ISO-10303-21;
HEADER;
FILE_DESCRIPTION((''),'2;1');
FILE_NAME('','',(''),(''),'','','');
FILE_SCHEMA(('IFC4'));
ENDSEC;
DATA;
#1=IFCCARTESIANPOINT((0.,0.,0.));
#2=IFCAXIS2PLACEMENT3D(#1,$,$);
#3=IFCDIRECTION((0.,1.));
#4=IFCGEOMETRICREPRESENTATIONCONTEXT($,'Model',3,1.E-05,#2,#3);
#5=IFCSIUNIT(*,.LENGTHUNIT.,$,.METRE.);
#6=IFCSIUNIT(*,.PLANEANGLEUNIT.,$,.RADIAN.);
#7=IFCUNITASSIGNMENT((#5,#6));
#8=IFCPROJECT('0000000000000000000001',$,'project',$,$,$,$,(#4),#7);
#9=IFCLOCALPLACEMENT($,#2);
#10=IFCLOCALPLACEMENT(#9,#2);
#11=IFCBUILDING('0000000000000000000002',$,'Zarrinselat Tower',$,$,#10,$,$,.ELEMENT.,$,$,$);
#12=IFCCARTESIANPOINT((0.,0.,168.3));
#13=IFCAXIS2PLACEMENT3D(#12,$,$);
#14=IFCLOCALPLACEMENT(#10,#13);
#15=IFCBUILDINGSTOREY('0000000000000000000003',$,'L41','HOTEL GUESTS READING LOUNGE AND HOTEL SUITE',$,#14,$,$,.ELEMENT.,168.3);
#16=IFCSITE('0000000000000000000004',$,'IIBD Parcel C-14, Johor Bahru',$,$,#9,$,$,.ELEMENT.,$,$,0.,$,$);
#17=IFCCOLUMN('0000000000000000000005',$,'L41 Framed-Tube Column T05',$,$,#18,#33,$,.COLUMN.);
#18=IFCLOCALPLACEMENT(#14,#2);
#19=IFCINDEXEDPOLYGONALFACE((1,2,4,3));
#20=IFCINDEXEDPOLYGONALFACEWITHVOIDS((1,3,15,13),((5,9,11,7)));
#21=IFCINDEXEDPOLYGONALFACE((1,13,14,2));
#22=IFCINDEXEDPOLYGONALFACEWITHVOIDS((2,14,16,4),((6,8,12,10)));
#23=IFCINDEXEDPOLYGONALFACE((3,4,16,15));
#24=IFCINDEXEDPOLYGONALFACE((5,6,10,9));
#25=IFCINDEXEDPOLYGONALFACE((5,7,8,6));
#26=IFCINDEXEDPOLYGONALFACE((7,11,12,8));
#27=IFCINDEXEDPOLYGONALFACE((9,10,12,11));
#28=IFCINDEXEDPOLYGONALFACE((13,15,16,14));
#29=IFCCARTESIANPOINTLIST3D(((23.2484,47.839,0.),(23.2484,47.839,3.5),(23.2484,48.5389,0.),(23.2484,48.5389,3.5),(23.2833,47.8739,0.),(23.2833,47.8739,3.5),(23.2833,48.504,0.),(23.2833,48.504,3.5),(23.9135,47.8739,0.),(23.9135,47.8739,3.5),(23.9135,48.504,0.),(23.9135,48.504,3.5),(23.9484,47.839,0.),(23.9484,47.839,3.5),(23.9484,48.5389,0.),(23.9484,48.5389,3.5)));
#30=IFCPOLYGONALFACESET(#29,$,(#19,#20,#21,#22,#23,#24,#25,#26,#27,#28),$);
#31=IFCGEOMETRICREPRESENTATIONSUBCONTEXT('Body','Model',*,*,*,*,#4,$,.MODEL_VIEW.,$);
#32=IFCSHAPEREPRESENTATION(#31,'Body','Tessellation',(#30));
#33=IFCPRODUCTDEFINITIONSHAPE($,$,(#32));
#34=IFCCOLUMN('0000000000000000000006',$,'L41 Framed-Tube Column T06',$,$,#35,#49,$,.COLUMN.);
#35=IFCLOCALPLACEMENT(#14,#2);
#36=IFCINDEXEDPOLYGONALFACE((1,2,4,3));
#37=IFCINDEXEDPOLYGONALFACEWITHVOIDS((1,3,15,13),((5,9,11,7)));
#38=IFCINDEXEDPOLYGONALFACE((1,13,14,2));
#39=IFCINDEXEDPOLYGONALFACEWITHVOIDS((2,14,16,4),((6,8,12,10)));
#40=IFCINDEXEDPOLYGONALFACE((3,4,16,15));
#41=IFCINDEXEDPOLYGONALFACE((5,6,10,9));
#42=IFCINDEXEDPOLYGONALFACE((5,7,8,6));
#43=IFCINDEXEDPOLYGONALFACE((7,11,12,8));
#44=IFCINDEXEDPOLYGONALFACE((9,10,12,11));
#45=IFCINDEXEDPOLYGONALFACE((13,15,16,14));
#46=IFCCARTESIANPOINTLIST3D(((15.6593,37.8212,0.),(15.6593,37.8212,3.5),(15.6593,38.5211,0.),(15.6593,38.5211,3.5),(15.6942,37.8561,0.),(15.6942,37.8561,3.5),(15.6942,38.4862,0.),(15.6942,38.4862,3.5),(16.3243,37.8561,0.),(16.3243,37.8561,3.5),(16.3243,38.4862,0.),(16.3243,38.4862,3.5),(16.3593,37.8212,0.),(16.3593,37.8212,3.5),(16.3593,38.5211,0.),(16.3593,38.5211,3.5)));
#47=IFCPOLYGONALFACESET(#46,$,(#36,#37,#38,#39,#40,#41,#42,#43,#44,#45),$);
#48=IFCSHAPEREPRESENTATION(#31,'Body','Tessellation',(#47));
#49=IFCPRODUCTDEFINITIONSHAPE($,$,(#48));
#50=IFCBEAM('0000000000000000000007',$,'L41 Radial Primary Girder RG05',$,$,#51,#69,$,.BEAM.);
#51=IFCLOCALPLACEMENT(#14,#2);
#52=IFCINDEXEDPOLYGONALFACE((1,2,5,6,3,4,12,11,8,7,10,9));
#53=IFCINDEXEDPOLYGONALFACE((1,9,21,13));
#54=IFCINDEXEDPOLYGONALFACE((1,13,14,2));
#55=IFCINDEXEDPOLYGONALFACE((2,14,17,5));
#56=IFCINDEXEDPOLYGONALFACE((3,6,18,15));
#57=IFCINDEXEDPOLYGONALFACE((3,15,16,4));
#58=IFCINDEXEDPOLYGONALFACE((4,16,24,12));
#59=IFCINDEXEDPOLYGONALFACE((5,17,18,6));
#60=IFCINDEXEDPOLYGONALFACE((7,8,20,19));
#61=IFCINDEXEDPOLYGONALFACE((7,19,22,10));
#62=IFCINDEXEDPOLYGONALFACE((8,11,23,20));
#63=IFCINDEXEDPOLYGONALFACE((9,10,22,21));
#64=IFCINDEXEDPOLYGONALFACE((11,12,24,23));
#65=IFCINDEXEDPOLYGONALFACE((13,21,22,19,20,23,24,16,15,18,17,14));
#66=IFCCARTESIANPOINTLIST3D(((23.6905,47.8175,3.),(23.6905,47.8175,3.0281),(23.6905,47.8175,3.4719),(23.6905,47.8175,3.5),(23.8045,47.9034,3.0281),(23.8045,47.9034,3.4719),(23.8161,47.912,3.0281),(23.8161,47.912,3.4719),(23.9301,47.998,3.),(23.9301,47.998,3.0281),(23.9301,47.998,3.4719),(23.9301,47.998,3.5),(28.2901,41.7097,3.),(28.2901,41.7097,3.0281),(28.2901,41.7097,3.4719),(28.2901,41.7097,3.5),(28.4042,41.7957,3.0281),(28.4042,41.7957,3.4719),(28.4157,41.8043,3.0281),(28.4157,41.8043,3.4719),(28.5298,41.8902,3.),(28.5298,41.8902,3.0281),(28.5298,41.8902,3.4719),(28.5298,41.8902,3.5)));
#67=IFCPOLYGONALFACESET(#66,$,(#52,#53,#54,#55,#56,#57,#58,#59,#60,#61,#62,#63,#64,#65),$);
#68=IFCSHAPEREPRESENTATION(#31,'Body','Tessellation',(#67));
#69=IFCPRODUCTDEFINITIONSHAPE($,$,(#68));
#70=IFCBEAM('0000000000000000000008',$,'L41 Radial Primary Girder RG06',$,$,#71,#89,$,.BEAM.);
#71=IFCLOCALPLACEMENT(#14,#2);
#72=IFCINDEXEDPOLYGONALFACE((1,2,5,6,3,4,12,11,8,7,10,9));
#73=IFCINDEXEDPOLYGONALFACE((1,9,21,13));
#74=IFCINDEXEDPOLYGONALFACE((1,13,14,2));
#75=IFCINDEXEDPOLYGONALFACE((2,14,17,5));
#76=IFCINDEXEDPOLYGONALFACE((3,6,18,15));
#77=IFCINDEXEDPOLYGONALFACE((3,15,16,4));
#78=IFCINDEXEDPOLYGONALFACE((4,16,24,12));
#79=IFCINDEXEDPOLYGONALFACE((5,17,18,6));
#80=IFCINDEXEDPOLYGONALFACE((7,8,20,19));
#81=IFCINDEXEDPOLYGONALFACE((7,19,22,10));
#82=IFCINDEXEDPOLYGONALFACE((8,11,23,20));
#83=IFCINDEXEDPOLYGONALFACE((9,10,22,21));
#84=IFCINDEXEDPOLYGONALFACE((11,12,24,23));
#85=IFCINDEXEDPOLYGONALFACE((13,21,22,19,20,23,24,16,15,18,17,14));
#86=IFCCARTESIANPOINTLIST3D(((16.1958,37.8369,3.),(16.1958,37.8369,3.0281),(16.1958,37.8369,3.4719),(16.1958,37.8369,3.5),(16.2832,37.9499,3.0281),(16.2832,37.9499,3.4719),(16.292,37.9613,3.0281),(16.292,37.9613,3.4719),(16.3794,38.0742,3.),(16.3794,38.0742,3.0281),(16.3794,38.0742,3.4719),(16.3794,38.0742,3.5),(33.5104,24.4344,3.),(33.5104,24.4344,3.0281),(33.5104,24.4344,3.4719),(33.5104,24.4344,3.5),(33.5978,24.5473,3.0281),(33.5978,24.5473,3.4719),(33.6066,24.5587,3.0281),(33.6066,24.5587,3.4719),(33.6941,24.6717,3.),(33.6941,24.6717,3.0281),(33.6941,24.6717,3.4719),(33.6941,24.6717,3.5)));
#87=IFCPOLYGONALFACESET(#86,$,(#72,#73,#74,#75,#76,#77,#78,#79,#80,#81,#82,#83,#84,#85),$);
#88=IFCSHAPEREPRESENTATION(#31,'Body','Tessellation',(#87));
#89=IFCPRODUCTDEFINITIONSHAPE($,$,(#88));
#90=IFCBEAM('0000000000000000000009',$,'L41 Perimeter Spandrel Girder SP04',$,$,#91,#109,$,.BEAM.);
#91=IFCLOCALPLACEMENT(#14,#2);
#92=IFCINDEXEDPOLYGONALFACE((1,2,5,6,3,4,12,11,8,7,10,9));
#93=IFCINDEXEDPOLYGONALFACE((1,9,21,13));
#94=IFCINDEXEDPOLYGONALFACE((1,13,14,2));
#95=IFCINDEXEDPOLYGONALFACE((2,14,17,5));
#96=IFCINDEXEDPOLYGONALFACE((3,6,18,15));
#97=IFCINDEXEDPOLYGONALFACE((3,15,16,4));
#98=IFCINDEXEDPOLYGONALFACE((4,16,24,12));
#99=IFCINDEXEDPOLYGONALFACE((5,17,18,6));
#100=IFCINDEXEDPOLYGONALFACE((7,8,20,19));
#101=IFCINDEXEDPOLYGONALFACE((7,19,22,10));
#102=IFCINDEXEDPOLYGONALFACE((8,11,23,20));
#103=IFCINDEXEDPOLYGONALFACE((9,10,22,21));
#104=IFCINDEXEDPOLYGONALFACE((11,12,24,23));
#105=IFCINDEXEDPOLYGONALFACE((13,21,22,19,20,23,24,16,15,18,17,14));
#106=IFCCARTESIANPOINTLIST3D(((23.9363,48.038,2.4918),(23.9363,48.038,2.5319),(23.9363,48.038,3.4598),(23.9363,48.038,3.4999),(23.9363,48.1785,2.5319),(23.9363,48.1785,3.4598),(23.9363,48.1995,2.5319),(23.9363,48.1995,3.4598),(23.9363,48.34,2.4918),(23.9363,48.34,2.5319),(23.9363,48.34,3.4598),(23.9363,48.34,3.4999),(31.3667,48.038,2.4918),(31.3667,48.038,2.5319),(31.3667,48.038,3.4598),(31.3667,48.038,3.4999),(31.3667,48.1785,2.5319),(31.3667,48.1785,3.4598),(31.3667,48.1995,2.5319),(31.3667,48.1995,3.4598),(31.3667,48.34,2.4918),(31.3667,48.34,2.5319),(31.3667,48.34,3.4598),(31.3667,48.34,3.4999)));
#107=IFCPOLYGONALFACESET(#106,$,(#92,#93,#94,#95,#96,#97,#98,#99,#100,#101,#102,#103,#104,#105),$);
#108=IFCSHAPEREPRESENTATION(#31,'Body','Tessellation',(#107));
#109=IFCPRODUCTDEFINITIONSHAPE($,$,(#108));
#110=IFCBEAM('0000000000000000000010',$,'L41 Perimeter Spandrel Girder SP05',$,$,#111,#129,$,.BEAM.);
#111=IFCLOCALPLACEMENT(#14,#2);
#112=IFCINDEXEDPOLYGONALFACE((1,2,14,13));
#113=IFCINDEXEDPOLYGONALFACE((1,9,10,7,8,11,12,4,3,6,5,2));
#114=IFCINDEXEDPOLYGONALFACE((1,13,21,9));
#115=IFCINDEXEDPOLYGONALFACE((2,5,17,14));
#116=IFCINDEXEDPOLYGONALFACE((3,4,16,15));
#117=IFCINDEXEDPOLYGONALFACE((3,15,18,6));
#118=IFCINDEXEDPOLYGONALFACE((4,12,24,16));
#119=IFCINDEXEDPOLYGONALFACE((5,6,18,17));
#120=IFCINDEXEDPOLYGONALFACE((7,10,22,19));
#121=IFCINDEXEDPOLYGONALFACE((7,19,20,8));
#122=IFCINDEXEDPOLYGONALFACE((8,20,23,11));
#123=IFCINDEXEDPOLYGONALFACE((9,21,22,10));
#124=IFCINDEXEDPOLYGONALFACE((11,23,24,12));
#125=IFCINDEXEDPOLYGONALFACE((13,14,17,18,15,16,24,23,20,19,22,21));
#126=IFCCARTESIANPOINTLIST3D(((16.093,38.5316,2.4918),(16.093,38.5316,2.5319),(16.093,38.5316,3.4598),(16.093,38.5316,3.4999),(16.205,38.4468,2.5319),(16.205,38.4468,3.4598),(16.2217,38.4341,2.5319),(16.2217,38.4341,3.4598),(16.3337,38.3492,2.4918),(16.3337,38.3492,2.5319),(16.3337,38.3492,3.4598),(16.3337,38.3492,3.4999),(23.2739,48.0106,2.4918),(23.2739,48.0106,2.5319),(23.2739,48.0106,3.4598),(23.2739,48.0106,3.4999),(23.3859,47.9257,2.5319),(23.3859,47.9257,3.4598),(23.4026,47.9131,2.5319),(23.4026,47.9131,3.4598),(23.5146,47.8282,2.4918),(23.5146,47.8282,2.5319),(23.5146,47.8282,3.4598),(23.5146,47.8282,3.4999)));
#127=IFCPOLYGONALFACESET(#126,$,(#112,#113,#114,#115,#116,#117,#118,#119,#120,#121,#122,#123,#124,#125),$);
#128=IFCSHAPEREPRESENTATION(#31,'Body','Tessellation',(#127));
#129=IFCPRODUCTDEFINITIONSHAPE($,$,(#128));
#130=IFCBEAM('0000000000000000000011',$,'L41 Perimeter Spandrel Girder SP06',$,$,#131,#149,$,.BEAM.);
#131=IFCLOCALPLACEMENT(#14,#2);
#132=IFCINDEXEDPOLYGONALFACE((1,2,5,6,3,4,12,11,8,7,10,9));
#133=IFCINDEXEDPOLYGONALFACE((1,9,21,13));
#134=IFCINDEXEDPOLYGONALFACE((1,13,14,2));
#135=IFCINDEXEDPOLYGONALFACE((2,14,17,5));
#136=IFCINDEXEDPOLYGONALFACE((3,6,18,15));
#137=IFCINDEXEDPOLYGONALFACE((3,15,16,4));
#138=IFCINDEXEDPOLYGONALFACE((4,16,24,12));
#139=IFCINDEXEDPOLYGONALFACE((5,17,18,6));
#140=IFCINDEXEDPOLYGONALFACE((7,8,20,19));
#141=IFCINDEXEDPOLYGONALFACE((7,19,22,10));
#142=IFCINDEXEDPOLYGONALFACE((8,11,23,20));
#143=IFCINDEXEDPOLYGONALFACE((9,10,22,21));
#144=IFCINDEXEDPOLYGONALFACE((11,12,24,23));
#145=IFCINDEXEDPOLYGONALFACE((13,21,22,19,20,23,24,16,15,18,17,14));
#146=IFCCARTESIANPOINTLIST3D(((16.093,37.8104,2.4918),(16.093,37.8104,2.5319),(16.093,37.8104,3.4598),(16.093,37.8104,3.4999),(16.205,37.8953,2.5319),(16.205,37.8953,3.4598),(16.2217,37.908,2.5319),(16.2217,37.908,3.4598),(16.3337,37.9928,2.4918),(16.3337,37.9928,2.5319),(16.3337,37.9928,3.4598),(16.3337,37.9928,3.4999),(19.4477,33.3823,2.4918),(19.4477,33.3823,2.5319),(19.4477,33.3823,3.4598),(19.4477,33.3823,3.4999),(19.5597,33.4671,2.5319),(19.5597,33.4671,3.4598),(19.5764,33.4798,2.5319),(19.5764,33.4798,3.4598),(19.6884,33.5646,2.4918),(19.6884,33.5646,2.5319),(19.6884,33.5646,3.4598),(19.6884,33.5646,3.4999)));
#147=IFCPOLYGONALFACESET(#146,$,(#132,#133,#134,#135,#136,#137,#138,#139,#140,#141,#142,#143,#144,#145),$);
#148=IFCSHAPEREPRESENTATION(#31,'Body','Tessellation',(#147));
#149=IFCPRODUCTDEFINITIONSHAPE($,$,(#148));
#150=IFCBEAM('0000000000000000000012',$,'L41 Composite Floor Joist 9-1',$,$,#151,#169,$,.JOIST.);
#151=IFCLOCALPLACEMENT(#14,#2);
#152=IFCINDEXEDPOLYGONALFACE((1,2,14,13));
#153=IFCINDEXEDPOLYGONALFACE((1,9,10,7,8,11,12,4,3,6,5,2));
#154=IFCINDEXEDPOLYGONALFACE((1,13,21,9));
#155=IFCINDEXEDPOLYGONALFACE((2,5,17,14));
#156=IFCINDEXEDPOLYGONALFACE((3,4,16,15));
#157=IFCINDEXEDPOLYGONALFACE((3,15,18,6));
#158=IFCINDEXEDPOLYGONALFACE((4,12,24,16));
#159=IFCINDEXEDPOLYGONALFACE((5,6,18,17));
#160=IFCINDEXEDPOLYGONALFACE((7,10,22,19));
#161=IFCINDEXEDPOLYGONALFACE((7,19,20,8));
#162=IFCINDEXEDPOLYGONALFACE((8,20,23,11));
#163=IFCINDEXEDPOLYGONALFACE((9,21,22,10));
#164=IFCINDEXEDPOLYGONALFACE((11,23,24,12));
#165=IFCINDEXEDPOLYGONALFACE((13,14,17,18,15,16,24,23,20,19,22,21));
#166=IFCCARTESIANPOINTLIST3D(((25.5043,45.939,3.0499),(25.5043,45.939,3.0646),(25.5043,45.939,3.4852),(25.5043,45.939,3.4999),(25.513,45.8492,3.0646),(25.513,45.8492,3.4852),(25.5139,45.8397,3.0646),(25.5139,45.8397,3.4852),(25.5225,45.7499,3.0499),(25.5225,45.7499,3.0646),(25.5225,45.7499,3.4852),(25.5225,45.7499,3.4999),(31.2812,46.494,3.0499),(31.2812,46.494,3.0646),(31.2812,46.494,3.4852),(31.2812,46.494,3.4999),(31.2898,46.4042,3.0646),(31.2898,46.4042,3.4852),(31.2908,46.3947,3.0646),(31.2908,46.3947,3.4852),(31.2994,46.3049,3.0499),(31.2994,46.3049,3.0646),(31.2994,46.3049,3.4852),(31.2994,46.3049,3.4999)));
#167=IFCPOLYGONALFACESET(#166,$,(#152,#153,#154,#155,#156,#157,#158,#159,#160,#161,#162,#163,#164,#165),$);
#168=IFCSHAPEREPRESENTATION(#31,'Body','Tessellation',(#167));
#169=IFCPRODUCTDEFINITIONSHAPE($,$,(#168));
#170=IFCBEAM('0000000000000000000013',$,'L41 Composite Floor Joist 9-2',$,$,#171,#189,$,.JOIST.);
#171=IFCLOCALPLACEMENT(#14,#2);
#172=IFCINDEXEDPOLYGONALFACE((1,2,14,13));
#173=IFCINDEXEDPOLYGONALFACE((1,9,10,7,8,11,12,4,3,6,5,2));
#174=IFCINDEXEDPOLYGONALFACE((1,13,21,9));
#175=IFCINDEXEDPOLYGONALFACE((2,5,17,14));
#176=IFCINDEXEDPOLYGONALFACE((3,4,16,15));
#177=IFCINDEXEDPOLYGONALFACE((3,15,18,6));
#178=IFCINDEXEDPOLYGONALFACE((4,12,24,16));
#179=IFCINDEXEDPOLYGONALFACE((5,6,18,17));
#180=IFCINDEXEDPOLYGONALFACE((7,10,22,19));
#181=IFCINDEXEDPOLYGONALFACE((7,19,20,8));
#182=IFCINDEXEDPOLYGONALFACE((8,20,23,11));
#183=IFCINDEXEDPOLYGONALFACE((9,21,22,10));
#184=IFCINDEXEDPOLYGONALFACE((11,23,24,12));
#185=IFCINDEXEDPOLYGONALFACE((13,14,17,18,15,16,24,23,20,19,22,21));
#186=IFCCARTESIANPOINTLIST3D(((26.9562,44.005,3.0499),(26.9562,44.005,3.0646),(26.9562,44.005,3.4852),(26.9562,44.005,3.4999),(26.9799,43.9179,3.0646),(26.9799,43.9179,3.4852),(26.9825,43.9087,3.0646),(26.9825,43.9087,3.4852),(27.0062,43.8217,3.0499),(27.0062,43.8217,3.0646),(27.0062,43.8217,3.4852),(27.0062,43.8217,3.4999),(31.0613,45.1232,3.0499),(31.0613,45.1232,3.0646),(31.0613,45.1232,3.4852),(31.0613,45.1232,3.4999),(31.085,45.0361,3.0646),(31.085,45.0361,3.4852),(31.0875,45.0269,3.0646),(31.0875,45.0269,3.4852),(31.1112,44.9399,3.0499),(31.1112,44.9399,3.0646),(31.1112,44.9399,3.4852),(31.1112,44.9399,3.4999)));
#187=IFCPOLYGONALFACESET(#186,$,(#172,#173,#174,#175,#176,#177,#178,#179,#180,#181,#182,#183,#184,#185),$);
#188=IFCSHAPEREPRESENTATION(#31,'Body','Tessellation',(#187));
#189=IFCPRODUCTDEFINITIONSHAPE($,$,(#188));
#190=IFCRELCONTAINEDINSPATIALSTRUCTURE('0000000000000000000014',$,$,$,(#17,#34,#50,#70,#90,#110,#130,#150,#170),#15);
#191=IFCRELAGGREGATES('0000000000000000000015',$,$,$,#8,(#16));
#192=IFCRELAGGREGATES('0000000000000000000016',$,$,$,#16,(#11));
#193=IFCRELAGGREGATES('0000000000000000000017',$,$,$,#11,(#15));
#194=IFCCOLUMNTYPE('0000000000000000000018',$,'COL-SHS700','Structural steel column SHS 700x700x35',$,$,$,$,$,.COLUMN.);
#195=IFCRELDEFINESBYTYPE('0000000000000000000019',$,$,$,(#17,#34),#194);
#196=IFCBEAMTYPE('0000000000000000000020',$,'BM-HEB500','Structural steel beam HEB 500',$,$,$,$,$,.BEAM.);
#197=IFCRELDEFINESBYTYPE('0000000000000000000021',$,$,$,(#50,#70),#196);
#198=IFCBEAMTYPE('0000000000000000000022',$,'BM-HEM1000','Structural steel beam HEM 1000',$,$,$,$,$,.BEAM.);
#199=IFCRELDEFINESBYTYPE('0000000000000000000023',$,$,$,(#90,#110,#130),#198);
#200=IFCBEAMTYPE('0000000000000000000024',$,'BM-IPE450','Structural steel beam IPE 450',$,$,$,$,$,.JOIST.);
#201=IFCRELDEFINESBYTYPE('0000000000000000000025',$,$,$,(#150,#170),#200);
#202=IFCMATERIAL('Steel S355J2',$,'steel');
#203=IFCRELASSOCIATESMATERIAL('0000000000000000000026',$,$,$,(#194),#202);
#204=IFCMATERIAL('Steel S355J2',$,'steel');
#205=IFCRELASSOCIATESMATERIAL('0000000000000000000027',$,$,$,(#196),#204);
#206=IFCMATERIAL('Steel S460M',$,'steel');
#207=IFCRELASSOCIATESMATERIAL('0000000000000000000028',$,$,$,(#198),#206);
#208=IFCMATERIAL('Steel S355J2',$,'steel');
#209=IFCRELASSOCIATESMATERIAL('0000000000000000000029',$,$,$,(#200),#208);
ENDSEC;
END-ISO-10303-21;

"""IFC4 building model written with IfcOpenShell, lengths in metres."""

from ifc_helpers import new_model, si_unit, direction, frame, origin, origin_2d, place, context, subcontext, project, spatial, hollow_rectangle, i_section, extrude, material, material_profile, profile_set, type_object, element, save


model = new_model("IFC4")

# Units and contexts
model_context = context("Model", 3, precision=1e-05, world=origin(), true_north=direction((0.0, 1.0)))
body_context = subcontext(model_context, "Body", "Model", "MODEL_VIEW")
ifc_project = project(units=[si_unit("LENGTHUNIT", "METRE"), si_unit("PLANEANGLEUNIT", "RADIAN")], contexts=[model_context])

# Site, building, storey
site_placement = place(None, origin())
site = spatial("IfcSite", under=ifc_project, at=site_placement, Name="IIBD Parcel C-14, Johor Bahru", CompositionType="ELEMENT", RefElevation=0.0)
building_placement = place(site_placement, origin())
building = spatial("IfcBuilding", under=site, at=building_placement, Name="Zarrinselat Tower", CompositionType="ELEMENT")
storey_placement = place(building_placement, frame((0.0, 0.0, 168.3)))
storey = spatial("IfcBuildingStorey", under=building, at=storey_placement, Name="L41", Description="HOTEL GUESTS READING LOUNGE AND HOTEL SUITE", CompositionType="ELEMENT", Elevation=168.3)

# Columns
ifc_material_1 = material(Name="Steel S355J2", Category="steel")
ifc_material_profile_1 = material_profile(ifc_material_1, hollow_rectangle(XDim=0.7, YDim=0.7, WallThickness=0.0349, at=origin_2d()), Name="SHS 700x700x35")
ifc_profile_set_1 = profile_set([ifc_material_profile_1], Name="Steel S355J2")
column_type = type_object("IfcColumnType", Name="COL-SHS700", Description="Structural steel column SHS 700x700x35", PredefinedType="COLUMN", material=ifc_profile_set_1)
for number, where, z_axis, x_axis, name in (
    (1, (23.5984, 48.189, 0.0), (0.0, 0.0, 1.0), (1.0, 0.0, 0.0), "L41 Framed-Tube Column T05"),
    (2, (16.0093, 38.1711, 0.0), (0.0, 0.0, 1.0), (1.0, 0.0, 0.0), "L41 Framed-Tube Column T06"),
):
    element("IfcColumn", number, at=place(storey_placement, frame(where, z_axis=z_axis, x_axis=x_axis)), inside=storey, type_object=column_type, Name=name, PredefinedType="COLUMN", context=body_context, shape_type="SweptSolid", body=[
        extrude(hollow_rectangle(XDim=0.7, YDim=0.7, WallThickness=0.0349, at=origin_2d()), origin(), (0.0, 0.0, 1.0), 3.5),
    ])

# Beams
ifc_material_2 = material(Name="Steel S355J2", Category="steel")
ifc_material_profile_2 = material_profile(ifc_material_2, i_section(OverallWidth=0.3, OverallDepth=0.5, WebThickness=0.0144, FlangeThickness=0.0281, at=origin_2d()), Name="HEB 500")
ifc_profile_set_2 = profile_set([ifc_material_profile_2], Name="Steel S355J2")
beam_type_1 = type_object("IfcBeamType", Name="BM-HEB500", Description="Structural steel beam HEB 500", PredefinedType="BEAM", material=ifc_profile_set_2)
beam_1_placement = place(storey_placement, frame((23.8103, 47.9077, 3.25), z_axis=(0.601577, -0.798814, 0.0), x_axis=(0.798814, 0.601577, 0.0)))
element("IfcBeam", 3, at=beam_1_placement, inside=storey, type_object=beam_type_1, Name="L41 Radial Primary Girder RG05", PredefinedType="BEAM", context=body_context, shape_type="SweptSolid", body=[
    extrude(i_section(OverallWidth=0.3, OverallDepth=0.5, WebThickness=0.0144, FlangeThickness=0.0281, at=origin_2d()), origin(), (0.0, 0.0, 1.0), 7.646),
])
beam_2_placement = place(storey_placement, frame((16.2876, 37.9556, 3.25), z_axis=(0.790775, -0.612106, 0.0), x_axis=(0.612106, 0.790775, 0.0)))
element("IfcBeam", 4, at=beam_2_placement, inside=storey, type_object=beam_type_1, Name="L41 Radial Primary Girder RG06", PredefinedType="BEAM", context=body_context, shape_type="SweptSolid", body=[
    extrude(i_section(OverallWidth=0.3, OverallDepth=0.5, WebThickness=0.0144, FlangeThickness=0.0281, at=origin_2d()), origin(), (0.0, 0.0, 1.0), 21.8958),
])
ifc_material_3 = material(Name="Steel S460M", Category="steel")
ifc_material_profile_3 = material_profile(ifc_material_3, i_section(OverallWidth=0.302, OverallDepth=1.0081, WebThickness=0.021, FlangeThickness=0.04, at=origin_2d()), Name="HEM 1000")
ifc_profile_set_3 = profile_set([ifc_material_profile_3], Name="Steel S460M")
beam_type_2 = type_object("IfcBeamType", Name="BM-HEM1000", Description="Structural steel beam HEM 1000", PredefinedType="BEAM", material=ifc_profile_set_3)
beam_3_placement = place(storey_placement, frame((23.9363, 48.189, 2.9958), z_axis=(1.0, 0.0, 0.0), x_axis=(0.0, 1.0, 0.0)))
element("IfcBeam", 5, at=beam_3_placement, inside=storey, type_object=beam_type_2, Name="L41 Perimeter Spandrel Girder SP04", PredefinedType="BEAM", context=body_context, shape_type="SweptSolid", body=[
    extrude(i_section(OverallWidth=0.302, OverallDepth=1.0081, WebThickness=0.021, FlangeThickness=0.04, at=origin_2d()), origin(), (0.0, 0.0, 1.0), 7.4304),
])
beam_4_placement = place(storey_placement, frame((16.2134, 38.4404, 2.9958), z_axis=(0.603849, 0.797098, 0.0), x_axis=(-0.797098, 0.603849, 0.0)))
element("IfcBeam", 6, at=beam_4_placement, inside=storey, type_object=beam_type_2, Name="L41 Perimeter Spandrel Girder SP05", PredefinedType="BEAM", context=body_context, shape_type="SweptSolid", body=[
    extrude(i_section(OverallWidth=0.302, OverallDepth=1.0081, WebThickness=0.021, FlangeThickness=0.04, at=origin_2d()), origin(), (0.0, 0.0, 1.0), 11.8918),
])
beam_5_placement = place(storey_placement, frame((16.2134, 37.9016, 2.9958), z_axis=(0.60386, -0.79709, 0.0), x_axis=(0.79709, 0.60386, 0.0)))
element("IfcBeam", 7, at=beam_5_placement, inside=storey, type_object=beam_type_2, Name="L41 Perimeter Spandrel Girder SP06", PredefinedType="BEAM", context=body_context, shape_type="SweptSolid", body=[
    extrude(i_section(OverallWidth=0.302, OverallDepth=1.0081, WebThickness=0.021, FlangeThickness=0.04, at=origin_2d()), origin(), (0.0, 0.0, 1.0), 5.5554),
])
ifc_material_4 = material(Name="Steel S355J2", Category="steel")
ifc_material_profile_4 = material_profile(ifc_material_4, i_section(OverallWidth=0.1899, OverallDepth=0.45, WebThickness=0.0095, FlangeThickness=0.0146, at=origin_2d()), Name="IPE 450")
ifc_profile_set_4 = profile_set([ifc_material_profile_4], Name="Steel S355J2")
beam_type_3 = type_object("IfcBeamType", Name="BM-IPE450", Description="Structural steel beam IPE 450", PredefinedType="JOIST", material=ifc_profile_set_4)
beam_6_placement = place(storey_placement, frame((25.5134, 45.8445, 3.2749), z_axis=(0.995418, 0.095621, 0.0), x_axis=(-0.095621, 0.995418, 0.0)))
element("IfcBeam", 8, at=beam_6_placement, inside=storey, type_object=beam_type_3, Name="L41 Composite Floor Joist 9-1", PredefinedType="JOIST", context=body_context, shape_type="SweptSolid", body=[
    extrude(i_section(OverallWidth=0.1899, OverallDepth=0.45, WebThickness=0.0095, FlangeThickness=0.0146, at=origin_2d()), origin(), (0.0, 0.0, 1.0), 5.8035),
])
beam_7_placement = place(storey_placement, frame((26.9812, 43.9133, 3.2749), z_axis=(0.964846, 0.262816, 0.0), x_axis=(-0.262816, 0.964846, 0.0)))
element("IfcBeam", 9, at=beam_7_placement, inside=storey, type_object=beam_type_3, Name="L41 Composite Floor Joist 9-2", PredefinedType="JOIST", context=body_context, shape_type="SweptSolid", body=[
    extrude(i_section(OverallWidth=0.1899, OverallDepth=0.45, WebThickness=0.0095, FlangeThickness=0.0146, at=origin_2d()), origin(), (0.0, 0.0, 1.0), 4.2546),
])

save(model, "model.ifc")
